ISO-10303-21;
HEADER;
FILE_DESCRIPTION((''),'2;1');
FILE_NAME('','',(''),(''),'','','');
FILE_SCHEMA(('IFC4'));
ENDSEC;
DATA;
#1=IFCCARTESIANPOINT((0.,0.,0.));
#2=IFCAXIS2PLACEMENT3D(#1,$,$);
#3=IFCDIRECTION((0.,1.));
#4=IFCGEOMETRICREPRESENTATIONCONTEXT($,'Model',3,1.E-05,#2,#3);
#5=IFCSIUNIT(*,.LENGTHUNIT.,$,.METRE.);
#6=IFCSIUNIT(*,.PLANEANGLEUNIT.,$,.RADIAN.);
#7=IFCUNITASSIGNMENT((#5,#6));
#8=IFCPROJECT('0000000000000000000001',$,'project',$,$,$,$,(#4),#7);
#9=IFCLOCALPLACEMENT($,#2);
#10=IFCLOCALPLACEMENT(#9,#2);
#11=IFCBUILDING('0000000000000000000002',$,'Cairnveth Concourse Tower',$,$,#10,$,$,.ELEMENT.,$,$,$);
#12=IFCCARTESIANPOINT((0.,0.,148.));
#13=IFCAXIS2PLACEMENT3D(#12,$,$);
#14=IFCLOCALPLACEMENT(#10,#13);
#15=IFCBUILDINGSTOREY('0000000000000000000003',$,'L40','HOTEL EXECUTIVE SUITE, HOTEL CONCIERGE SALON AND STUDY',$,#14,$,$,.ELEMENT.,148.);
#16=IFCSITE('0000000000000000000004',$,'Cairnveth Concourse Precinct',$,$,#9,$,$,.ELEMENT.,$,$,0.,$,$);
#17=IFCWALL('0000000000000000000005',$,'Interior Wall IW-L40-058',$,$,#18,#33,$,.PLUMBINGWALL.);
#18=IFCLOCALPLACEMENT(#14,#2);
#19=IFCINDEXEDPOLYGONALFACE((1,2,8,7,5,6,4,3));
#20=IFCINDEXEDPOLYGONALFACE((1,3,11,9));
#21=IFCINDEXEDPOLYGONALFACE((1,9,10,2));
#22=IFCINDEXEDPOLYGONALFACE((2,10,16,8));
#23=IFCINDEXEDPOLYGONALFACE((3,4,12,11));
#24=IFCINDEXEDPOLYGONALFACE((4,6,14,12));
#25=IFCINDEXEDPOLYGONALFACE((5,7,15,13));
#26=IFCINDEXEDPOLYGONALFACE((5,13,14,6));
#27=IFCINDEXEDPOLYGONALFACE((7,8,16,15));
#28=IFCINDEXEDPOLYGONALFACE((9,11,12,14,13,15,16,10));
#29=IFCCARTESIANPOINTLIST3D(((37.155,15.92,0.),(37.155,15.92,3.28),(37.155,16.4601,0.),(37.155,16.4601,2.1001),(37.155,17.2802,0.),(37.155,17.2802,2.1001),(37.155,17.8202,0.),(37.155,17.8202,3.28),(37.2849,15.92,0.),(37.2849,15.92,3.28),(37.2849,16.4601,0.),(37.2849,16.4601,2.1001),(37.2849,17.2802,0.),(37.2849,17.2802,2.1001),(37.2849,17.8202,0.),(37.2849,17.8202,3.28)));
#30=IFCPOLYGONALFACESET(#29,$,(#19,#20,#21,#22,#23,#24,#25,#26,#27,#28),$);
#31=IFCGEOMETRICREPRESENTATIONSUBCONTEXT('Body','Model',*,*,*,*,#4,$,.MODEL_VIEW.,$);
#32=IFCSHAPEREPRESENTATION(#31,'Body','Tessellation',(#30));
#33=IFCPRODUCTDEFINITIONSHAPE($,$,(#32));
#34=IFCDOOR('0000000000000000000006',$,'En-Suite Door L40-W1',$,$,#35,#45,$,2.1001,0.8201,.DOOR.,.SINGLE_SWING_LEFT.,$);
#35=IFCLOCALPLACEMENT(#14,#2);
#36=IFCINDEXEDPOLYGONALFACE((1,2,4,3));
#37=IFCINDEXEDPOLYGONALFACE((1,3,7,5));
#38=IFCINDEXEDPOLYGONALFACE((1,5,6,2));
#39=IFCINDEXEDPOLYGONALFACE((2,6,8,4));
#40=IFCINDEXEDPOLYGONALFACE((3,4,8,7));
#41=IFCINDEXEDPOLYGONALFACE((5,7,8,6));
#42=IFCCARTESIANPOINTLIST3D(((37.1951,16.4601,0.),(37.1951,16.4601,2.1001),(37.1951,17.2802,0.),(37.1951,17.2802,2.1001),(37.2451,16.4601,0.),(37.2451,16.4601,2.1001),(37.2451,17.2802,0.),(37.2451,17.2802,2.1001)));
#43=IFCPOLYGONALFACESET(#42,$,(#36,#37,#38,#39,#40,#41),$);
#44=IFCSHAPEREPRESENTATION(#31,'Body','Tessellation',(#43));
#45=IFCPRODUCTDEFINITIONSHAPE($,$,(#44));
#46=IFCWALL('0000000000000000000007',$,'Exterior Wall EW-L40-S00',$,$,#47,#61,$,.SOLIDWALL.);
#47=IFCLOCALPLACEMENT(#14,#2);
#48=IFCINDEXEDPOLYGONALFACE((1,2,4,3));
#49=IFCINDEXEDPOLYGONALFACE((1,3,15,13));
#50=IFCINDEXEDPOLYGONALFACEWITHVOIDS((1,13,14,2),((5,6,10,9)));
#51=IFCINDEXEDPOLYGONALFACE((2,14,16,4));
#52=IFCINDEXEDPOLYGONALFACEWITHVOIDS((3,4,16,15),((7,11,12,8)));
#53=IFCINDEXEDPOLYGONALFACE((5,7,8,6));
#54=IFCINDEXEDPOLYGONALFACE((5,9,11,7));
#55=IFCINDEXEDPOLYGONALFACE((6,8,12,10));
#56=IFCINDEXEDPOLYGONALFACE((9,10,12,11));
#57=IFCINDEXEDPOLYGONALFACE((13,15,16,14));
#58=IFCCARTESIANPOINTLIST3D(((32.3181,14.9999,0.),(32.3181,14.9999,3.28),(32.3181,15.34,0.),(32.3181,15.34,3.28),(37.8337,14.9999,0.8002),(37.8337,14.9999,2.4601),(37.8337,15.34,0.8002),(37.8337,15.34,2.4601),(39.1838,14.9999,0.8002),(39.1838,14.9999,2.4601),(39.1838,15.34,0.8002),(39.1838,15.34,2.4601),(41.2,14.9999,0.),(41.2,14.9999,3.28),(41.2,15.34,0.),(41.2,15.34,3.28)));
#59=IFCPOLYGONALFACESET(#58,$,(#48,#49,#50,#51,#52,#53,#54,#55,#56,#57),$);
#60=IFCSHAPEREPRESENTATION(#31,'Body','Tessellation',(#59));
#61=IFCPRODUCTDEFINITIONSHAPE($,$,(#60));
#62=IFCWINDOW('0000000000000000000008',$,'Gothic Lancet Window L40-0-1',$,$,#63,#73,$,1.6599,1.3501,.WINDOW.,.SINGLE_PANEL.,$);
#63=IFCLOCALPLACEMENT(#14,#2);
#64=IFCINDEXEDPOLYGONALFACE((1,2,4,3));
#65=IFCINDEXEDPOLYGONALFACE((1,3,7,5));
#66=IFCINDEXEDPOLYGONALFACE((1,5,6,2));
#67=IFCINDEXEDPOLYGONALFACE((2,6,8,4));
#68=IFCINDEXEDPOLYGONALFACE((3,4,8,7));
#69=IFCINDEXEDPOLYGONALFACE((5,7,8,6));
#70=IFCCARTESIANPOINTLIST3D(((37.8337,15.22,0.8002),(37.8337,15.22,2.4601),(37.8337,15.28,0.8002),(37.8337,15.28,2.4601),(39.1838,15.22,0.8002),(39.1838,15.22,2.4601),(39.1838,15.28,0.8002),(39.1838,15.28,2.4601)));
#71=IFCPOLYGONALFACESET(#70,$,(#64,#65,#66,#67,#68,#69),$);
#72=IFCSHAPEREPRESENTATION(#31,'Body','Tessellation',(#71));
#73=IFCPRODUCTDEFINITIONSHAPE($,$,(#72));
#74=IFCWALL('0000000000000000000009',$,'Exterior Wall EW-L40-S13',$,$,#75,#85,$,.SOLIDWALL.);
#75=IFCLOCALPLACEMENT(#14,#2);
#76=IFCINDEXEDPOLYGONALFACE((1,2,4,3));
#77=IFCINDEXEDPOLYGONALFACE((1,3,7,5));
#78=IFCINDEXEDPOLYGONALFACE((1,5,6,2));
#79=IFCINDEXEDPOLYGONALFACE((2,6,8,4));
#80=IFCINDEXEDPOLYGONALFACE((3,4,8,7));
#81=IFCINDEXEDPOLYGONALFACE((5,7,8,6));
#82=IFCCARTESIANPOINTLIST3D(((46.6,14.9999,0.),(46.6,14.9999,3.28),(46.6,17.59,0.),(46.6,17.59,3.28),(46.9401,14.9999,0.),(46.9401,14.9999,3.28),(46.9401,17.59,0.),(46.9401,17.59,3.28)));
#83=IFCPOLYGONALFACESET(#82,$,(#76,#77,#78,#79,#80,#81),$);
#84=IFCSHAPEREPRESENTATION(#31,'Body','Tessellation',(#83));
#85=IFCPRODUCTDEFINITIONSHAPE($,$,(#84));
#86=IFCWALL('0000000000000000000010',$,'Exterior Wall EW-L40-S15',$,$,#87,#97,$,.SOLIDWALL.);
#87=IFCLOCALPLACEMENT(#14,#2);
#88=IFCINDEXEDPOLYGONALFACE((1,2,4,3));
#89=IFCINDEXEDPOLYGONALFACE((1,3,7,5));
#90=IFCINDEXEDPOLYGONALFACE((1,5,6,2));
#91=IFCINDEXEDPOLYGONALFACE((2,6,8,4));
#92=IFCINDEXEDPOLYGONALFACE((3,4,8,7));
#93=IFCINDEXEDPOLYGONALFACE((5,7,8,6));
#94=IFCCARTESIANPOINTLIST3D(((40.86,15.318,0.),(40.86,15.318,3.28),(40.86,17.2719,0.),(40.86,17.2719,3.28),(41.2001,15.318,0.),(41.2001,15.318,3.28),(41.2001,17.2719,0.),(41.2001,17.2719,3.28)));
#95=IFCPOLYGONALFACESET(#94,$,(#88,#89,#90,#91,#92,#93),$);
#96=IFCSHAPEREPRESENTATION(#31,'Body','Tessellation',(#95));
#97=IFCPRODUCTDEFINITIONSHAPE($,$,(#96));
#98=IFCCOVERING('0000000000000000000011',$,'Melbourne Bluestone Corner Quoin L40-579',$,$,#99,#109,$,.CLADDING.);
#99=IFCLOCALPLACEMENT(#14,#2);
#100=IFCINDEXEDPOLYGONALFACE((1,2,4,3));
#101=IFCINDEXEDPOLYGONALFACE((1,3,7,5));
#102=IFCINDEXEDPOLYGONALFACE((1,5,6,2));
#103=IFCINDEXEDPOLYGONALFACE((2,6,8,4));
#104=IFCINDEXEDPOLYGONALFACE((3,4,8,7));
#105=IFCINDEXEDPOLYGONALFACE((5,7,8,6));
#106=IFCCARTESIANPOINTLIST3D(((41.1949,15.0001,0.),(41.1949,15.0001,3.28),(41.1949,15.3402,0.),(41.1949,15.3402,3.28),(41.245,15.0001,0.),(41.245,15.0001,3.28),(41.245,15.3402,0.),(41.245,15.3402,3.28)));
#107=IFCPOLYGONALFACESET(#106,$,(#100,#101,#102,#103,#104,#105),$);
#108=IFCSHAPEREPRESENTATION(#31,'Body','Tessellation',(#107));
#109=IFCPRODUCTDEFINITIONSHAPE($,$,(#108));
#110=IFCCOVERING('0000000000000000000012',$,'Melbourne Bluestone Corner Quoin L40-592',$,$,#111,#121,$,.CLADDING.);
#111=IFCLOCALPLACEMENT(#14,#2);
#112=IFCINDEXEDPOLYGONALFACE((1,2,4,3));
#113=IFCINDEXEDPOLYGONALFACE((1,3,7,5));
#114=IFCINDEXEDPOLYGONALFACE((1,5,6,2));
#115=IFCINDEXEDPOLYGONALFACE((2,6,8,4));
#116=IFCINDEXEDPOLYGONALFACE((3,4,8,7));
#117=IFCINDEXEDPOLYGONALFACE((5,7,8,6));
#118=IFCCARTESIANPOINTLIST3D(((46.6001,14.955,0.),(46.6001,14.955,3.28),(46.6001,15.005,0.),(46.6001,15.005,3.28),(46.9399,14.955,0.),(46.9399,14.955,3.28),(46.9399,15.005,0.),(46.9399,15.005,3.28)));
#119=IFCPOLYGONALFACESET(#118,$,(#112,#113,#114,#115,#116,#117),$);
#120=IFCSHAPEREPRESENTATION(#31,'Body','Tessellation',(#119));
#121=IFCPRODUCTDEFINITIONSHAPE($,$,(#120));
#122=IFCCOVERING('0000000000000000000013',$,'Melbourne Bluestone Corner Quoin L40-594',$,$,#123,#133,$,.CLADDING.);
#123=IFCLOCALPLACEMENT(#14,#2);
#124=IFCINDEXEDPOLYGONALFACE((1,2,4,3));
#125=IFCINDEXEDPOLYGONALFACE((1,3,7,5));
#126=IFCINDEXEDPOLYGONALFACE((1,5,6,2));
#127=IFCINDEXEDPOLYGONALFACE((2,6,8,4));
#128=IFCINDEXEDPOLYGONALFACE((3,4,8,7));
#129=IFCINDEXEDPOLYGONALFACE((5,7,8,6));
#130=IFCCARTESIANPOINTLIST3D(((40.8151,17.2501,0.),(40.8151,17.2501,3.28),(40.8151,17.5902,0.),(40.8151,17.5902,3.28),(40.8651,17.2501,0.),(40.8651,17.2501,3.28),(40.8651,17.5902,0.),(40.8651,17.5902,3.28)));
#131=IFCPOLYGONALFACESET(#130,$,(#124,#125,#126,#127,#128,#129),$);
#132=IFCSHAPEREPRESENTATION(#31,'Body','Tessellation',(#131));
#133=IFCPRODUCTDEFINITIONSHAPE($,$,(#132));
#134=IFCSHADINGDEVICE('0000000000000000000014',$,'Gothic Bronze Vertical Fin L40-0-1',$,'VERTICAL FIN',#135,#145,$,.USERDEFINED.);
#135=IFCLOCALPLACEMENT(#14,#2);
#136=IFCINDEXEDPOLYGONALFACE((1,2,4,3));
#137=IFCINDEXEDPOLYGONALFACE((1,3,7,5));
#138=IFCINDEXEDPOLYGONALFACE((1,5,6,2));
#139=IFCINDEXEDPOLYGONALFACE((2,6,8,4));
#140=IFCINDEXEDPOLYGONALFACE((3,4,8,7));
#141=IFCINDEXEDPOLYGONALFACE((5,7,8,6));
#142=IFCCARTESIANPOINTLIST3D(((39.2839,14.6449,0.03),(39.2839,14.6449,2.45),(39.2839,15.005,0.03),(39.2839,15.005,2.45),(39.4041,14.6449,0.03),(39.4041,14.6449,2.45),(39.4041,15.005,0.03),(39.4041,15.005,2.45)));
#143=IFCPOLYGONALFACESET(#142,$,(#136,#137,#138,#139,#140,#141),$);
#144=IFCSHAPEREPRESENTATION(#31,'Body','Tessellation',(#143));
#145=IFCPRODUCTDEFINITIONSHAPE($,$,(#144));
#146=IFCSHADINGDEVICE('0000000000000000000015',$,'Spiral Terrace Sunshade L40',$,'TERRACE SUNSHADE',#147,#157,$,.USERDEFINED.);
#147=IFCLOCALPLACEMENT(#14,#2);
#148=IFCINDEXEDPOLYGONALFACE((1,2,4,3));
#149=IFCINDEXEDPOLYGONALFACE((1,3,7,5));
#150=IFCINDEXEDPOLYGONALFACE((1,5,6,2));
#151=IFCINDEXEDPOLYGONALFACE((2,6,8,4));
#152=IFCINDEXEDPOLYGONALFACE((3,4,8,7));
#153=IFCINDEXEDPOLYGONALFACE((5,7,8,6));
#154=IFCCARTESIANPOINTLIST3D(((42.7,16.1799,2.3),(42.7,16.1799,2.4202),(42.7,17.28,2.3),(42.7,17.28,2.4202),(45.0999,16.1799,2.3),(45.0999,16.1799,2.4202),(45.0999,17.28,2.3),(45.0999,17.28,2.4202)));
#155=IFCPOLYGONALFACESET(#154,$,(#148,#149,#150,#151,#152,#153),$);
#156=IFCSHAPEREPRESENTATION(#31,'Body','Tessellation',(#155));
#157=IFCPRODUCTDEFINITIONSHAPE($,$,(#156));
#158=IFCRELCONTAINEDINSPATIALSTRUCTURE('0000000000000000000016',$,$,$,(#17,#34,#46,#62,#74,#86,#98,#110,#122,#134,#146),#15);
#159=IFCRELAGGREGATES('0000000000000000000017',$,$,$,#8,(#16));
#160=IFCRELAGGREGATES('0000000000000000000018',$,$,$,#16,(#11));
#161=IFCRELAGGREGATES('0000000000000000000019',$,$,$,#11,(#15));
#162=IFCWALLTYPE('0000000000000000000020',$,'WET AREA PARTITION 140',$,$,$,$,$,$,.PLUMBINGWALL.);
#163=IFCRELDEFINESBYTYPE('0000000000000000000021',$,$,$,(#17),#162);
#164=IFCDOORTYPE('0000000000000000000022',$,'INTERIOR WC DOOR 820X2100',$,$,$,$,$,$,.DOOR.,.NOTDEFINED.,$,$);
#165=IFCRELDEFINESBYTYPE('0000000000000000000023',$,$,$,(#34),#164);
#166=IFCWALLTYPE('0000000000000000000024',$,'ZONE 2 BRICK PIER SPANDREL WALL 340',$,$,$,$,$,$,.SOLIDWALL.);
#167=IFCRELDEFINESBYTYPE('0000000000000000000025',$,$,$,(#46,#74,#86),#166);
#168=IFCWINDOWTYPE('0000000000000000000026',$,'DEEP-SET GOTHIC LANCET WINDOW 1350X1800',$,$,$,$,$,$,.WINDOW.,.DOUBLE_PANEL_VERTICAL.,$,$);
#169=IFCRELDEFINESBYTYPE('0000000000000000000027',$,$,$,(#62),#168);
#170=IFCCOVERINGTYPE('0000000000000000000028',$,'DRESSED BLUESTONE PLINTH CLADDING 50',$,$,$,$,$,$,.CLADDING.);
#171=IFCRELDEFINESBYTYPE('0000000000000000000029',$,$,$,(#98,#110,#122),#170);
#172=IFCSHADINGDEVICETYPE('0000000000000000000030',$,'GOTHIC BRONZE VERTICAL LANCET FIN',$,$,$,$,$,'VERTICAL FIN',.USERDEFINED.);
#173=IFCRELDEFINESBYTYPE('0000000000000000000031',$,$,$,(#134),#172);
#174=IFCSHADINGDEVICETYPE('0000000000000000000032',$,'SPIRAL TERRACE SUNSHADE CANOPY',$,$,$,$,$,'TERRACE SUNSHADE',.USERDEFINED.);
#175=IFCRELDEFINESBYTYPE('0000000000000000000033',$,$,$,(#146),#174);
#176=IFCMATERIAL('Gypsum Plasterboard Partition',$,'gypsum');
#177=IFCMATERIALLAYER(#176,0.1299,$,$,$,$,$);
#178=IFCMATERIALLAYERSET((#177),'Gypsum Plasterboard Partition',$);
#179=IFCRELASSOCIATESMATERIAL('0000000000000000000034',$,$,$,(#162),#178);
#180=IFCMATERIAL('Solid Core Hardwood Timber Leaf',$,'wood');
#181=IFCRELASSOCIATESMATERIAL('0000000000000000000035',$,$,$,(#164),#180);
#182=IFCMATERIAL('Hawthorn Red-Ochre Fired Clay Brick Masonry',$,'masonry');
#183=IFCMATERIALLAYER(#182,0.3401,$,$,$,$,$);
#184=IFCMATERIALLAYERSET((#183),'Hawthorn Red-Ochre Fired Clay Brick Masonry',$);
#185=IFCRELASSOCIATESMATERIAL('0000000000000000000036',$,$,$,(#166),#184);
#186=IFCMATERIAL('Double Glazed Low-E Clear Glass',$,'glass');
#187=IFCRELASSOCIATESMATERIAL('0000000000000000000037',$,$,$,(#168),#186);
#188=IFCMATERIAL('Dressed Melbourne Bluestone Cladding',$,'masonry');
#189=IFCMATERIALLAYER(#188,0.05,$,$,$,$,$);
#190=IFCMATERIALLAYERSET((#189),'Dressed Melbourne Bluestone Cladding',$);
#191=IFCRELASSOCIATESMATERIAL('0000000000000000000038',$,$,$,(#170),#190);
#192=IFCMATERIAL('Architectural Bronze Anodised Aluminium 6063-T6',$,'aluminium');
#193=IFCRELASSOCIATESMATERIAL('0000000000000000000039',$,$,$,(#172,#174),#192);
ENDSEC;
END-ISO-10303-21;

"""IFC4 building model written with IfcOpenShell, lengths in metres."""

from ifc_helpers import new_model, si_unit, direction, frame, frame_2d, origin, origin_2d, place, context, subcontext, project, spatial, rectangle, extrude, material, layer, layer_set, type_object, element, fill, save


model = new_model("IFC4")

# Units and contexts
model_context = context("Model", 3, precision=1e-05, world=origin(), true_north=direction((0.0, 1.0)))
body_context = subcontext(model_context, "Body", "Model", "MODEL_VIEW")
ifc_project = project(units=[si_unit("LENGTHUNIT", "METRE"), si_unit("PLANEANGLEUNIT", "RADIAN")], contexts=[model_context])

# Site, building, storey
site_placement = place(None, origin())
site = spatial("IfcSite", under=ifc_project, at=site_placement, Name="Cairnveth Concourse Precinct", CompositionType="ELEMENT", RefElevation=0.0)
building_placement = place(site_placement, origin())
building = spatial("IfcBuilding", under=site, at=building_placement, Name="Cairnveth Concourse Tower", CompositionType="ELEMENT")
storey_placement = place(building_placement, frame((0.0, 0.0, 148.0)))
storey = spatial("IfcBuildingStorey", under=building, at=storey_placement, Name="L40", Description="HOTEL EXECUTIVE SUITE, HOTEL CONCIERGE SALON AND STUDY", CompositionType="ELEMENT", Elevation=148.0)

# Shared definitions
ifc_material_1 = material(Name="Gypsum Plasterboard Partition", Category="gypsum")
ifc_material_2 = material(Name="Solid Core Hardwood Timber Leaf", Category="wood")

# Shared definitions
ifc_material_3 = material(Name="Dressed Melbourne Bluestone Cladding", Category="masonry")

# Wall, opening, door
ifc_layer_1 = layer(ifc_material_1, 0.1299)
ifc_layer_set_1 = layer_set([ifc_layer_1], Name="Gypsum Plasterboard Partition")
wall_type_1 = type_object("IfcWallType", Name="WET AREA PARTITION 140", PredefinedType="PLUMBINGWALL", material=ifc_layer_set_1)
wall_1_placement = place(storey_placement, frame((37.22, 15.9199, 0.0), z_axis=(0.0, 0.0, 1.0), x_axis=(0.0, 1.0, 0.0)))
wall_1 = element("IfcWall", 1, at=wall_1_placement, inside=storey, type_object=wall_type_1, Name="Interior Wall IW-L40-058", PredefinedType="PLUMBINGWALL", context=body_context, shape_type="SweptSolid", body=[
    extrude(rectangle(XDim=1.9001, YDim=0.1299, at=frame_2d((0.9502, 0.0))), origin(), (0.0, 0.0, 1.0), 3.28),
])
opening_1_placement = place(wall_1_placement, frame((0.54, 0.0, 0.0)))
opening_1 = element("IfcOpeningElement", 2, at=opening_1_placement, cuts=wall_1, PredefinedType="OPENING", context=body_context, shape_type="SweptSolid", body=[
    extrude(rectangle(XDim=0.8201, YDim=2.1001, at=frame_2d((0.4102, 1.05))), frame((0.0, 0.075, 0.0), z_axis=(0.0, -1.0, 0.0), x_axis=(1.0, 0.0, 0.0)), (0.0, 0.0, 1.0), 0.1499),
])
door_type_1 = type_object("IfcDoorType", Name="INTERIOR WC DOOR 820X2100", OperationType="NOTDEFINED", PredefinedType="DOOR", material=ifc_material_2)
door_1_placement = place(opening_1_placement, origin())
door_1 = element("IfcDoor", 3, at=door_1_placement, inside=storey, type_object=door_type_1, Name="En-Suite Door L40-W1", OperationType="SINGLE_SWING_LEFT", OverallHeight=2.1001, OverallWidth=0.8201, PredefinedType="DOOR", context=body_context, shape_type="SweptSolid", body=[
    extrude(rectangle(XDim=0.8201, YDim=2.1001, at=frame_2d((0.4102, 1.05))), frame((0.0, 0.0249, 0.0), z_axis=(0.0, -1.0, 0.0), x_axis=(1.0, 0.0, 0.0)), (0.0, 0.0, 1.0), 0.05),
])
fill(opening_1, door_1)

# Wall, opening, window
ifc_material_4 = material(Name="Hawthorn Red-Ochre Fired Clay Brick Masonry", Category="masonry")
ifc_layer_2 = layer(ifc_material_4, 0.3401)
ifc_layer_set_2 = layer_set([ifc_layer_2], Name="Hawthorn Red-Ochre Fired Clay Brick Masonry")
wall_type_2 = type_object("IfcWallType", Name="ZONE 2 BRICK PIER SPANDREL WALL 340", PredefinedType="SOLIDWALL", material=ifc_layer_set_2)
wall_2_placement = place(storey_placement, frame((41.2, 15.1699, 0.0), z_axis=(0.0, 0.0, 1.0), x_axis=(-1.0, 0.0, 0.0)))
wall_2 = element("IfcWall", 4, at=wall_2_placement, inside=storey, type_object=wall_type_2, Name="Exterior Wall EW-L40-S00", PredefinedType="SOLIDWALL", context=body_context, shape_type="SweptSolid", body=[
    extrude(rectangle(XDim=8.8818, YDim=0.3401, at=frame_2d((4.4409, 0.0))), origin(), (0.0, 0.0, 1.0), 3.28),
])
opening_2_placement = place(wall_2_placement, frame((2.0161, 0.0, 0.8)))
opening_2 = element("IfcOpeningElement", 5, at=opening_2_placement, cuts=wall_2, PredefinedType="OPENING", context=body_context, shape_type="SweptSolid", body=[
    extrude(rectangle(XDim=1.3501, YDim=1.6599, at=frame_2d((0.675, 0.8301))), frame((0.0, 0.1799, 0.0), z_axis=(0.0, -1.0, 0.0), x_axis=(1.0, 0.0, 0.0)), (0.0, 0.0, 1.0), 0.3601),
])
ifc_material_5 = material(Name="Double Glazed Low-E Clear Glass", Category="glass")
window_type = type_object("IfcWindowType", Name="DEEP-SET GOTHIC LANCET WINDOW 1350X1800", PartitioningType="DOUBLE_PANEL_VERTICAL", PredefinedType="WINDOW", material=ifc_material_5)
window_placement = place(opening_2_placement, origin())
window = element("IfcWindow", 6, at=window_placement, inside=storey, type_object=window_type, Name="Gothic Lancet Window L40-0-1", OverallHeight=1.6599, OverallWidth=1.3501, PartitioningType="SINGLE_PANEL", PredefinedType="WINDOW", context=body_context, shape_type="SweptSolid", body=[
    extrude(rectangle(XDim=1.3501, YDim=1.6599, at=frame_2d((0.675, 0.8301))), frame((0.0, -0.05, 0.0), z_axis=(0.0, -1.0, 0.0), x_axis=(1.0, 0.0, 0.0)), (0.0, 0.0, 1.0), 0.0601),
])
fill(opening_2, window)

# Wall
wall_3_placement = place(storey_placement, frame((46.77, 15.0, 0.0), z_axis=(0.0, 0.0, 1.0), x_axis=(0.0, 1.0, 0.0)))
element("IfcWall", 7, at=wall_3_placement, inside=storey, type_object=wall_type_2, Name="Exterior Wall EW-L40-S13", PredefinedType="SOLIDWALL", context=body_context, shape_type="SweptSolid", body=[
    extrude(rectangle(XDim=2.5901, YDim=0.3401, at=frame_2d((1.2949, 0.0))), origin(), (0.0, 0.0, 1.0), 3.28),
])

# Shared definitions
ifc_material_6 = material(Name="Architectural Bronze Anodised Aluminium 6063-T6", Category="aluminium")

# Wall
wall_4_placement = place(storey_placement, frame((41.03, 17.272, 0.0), z_axis=(0.0, 0.0, 1.0), x_axis=(0.0, -1.0, 0.0)))
element("IfcWall", 8, at=wall_4_placement, inside=storey, type_object=wall_type_2, Name="Exterior Wall EW-L40-S15", PredefinedType="SOLIDWALL", context=body_context, shape_type="SweptSolid", body=[
    extrude(rectangle(XDim=1.9539, YDim=0.3401, at=frame_2d((0.9771, 0.0))), origin(), (0.0, 0.0, 1.0), 3.28),
])

# Coverings
ifc_layer_3 = layer(ifc_material_3, 0.05)
ifc_layer_set_3 = layer_set([ifc_layer_3], Name="Dressed Melbourne Bluestone Cladding")
covering_type = type_object("IfcCoveringType", Name="DRESSED BLUESTONE PLINTH CLADDING 50", PredefinedType="CLADDING", material=ifc_layer_set_3)
covering_1_placement = place(storey_placement, frame((41.22, 15.3401, 0.0), z_axis=(0.0, 0.0, 1.0), x_axis=(0.0, -1.0, 0.0)))
element("IfcCovering", 9, at=covering_1_placement, inside=storey, type_object=covering_type, Name="Melbourne Bluestone Corner Quoin L40-579", PredefinedType="CLADDING", context=body_context, shape_type="SweptSolid", body=[
    extrude(rectangle(XDim=0.3401, YDim=0.05, at=frame_2d((0.1699, 0.0))), origin(), (0.0, 0.0, 1.0), 3.28),
])
covering_2_placement = place(storey_placement, frame((46.9399, 14.98, 0.0), z_axis=(0.0, 0.0, 1.0), x_axis=(-1.0, 0.0, 0.0)))
element("IfcCovering", 10, at=covering_2_placement, inside=storey, type_object=covering_type, Name="Melbourne Bluestone Corner Quoin L40-592", PredefinedType="CLADDING", context=body_context, shape_type="SweptSolid", body=[
    extrude(rectangle(XDim=0.3398, YDim=0.05, at=frame_2d((0.1699, 0.0))), origin(), (0.0, 0.0, 1.0), 3.28),
])
covering_3_placement = place(storey_placement, frame((40.8401, 17.5901, 0.0), z_axis=(0.0, 0.0, 1.0), x_axis=(0.0, -1.0, 0.0)))
element("IfcCovering", 11, at=covering_3_placement, inside=storey, type_object=covering_type, Name="Melbourne Bluestone Corner Quoin L40-594", PredefinedType="CLADDING", context=body_context, shape_type="SweptSolid", body=[
    extrude(rectangle(XDim=0.3401, YDim=0.05, at=frame_2d((0.1699, 0.0))), origin(), (0.0, 0.0, 1.0), 3.28),
])

# Shading devices
shading_device_type_1 = type_object("IfcShadingDeviceType", Name="GOTHIC BRONZE VERTICAL LANCET FIN", ElementType="VERTICAL FIN", PredefinedType="USERDEFINED", material=ifc_material_6)
shading_device_1_placement = place(storey_placement, frame((39.344, 14.825, 0.03), z_axis=(0.0, 0.0, 1.0), x_axis=(1.0, 0.0, 0.0)))
element("IfcShadingDevice", 12, at=shading_device_1_placement, inside=storey, type_object=shading_device_type_1, Name="Gothic Bronze Vertical Fin L40-0-1", ObjectType="VERTICAL FIN", PredefinedType="USERDEFINED", context=body_context, shape_type="SweptSolid", body=[
    extrude(rectangle(XDim=0.1201, YDim=0.3601, at=origin_2d()), origin(), (0.0, 0.0, 1.0), 2.4199),
])
shading_device_type_2 = type_object("IfcShadingDeviceType", Name="SPIRAL TERRACE SUNSHADE CANOPY", ElementType="TERRACE SUNSHADE", PredefinedType="USERDEFINED", material=ifc_material_6)
shading_device_2_placement = place(storey_placement, frame((43.8999, 16.73, 2.3), z_axis=(0.0, 0.0, 1.0), x_axis=(1.0, 0.0, 0.0)))
element("IfcShadingDevice", 13, at=shading_device_2_placement, inside=storey, type_object=shading_device_type_2, Name="Spiral Terrace Sunshade L40", ObjectType="TERRACE SUNSHADE", PredefinedType="USERDEFINED", context=body_context, shape_type="SweptSolid", body=[
    extrude(rectangle(XDim=2.3999, YDim=1.1001, at=origin_2d()), origin(), (0.0, 0.0, 1.0), 0.1201),
])

save(model, "model.ifc")
